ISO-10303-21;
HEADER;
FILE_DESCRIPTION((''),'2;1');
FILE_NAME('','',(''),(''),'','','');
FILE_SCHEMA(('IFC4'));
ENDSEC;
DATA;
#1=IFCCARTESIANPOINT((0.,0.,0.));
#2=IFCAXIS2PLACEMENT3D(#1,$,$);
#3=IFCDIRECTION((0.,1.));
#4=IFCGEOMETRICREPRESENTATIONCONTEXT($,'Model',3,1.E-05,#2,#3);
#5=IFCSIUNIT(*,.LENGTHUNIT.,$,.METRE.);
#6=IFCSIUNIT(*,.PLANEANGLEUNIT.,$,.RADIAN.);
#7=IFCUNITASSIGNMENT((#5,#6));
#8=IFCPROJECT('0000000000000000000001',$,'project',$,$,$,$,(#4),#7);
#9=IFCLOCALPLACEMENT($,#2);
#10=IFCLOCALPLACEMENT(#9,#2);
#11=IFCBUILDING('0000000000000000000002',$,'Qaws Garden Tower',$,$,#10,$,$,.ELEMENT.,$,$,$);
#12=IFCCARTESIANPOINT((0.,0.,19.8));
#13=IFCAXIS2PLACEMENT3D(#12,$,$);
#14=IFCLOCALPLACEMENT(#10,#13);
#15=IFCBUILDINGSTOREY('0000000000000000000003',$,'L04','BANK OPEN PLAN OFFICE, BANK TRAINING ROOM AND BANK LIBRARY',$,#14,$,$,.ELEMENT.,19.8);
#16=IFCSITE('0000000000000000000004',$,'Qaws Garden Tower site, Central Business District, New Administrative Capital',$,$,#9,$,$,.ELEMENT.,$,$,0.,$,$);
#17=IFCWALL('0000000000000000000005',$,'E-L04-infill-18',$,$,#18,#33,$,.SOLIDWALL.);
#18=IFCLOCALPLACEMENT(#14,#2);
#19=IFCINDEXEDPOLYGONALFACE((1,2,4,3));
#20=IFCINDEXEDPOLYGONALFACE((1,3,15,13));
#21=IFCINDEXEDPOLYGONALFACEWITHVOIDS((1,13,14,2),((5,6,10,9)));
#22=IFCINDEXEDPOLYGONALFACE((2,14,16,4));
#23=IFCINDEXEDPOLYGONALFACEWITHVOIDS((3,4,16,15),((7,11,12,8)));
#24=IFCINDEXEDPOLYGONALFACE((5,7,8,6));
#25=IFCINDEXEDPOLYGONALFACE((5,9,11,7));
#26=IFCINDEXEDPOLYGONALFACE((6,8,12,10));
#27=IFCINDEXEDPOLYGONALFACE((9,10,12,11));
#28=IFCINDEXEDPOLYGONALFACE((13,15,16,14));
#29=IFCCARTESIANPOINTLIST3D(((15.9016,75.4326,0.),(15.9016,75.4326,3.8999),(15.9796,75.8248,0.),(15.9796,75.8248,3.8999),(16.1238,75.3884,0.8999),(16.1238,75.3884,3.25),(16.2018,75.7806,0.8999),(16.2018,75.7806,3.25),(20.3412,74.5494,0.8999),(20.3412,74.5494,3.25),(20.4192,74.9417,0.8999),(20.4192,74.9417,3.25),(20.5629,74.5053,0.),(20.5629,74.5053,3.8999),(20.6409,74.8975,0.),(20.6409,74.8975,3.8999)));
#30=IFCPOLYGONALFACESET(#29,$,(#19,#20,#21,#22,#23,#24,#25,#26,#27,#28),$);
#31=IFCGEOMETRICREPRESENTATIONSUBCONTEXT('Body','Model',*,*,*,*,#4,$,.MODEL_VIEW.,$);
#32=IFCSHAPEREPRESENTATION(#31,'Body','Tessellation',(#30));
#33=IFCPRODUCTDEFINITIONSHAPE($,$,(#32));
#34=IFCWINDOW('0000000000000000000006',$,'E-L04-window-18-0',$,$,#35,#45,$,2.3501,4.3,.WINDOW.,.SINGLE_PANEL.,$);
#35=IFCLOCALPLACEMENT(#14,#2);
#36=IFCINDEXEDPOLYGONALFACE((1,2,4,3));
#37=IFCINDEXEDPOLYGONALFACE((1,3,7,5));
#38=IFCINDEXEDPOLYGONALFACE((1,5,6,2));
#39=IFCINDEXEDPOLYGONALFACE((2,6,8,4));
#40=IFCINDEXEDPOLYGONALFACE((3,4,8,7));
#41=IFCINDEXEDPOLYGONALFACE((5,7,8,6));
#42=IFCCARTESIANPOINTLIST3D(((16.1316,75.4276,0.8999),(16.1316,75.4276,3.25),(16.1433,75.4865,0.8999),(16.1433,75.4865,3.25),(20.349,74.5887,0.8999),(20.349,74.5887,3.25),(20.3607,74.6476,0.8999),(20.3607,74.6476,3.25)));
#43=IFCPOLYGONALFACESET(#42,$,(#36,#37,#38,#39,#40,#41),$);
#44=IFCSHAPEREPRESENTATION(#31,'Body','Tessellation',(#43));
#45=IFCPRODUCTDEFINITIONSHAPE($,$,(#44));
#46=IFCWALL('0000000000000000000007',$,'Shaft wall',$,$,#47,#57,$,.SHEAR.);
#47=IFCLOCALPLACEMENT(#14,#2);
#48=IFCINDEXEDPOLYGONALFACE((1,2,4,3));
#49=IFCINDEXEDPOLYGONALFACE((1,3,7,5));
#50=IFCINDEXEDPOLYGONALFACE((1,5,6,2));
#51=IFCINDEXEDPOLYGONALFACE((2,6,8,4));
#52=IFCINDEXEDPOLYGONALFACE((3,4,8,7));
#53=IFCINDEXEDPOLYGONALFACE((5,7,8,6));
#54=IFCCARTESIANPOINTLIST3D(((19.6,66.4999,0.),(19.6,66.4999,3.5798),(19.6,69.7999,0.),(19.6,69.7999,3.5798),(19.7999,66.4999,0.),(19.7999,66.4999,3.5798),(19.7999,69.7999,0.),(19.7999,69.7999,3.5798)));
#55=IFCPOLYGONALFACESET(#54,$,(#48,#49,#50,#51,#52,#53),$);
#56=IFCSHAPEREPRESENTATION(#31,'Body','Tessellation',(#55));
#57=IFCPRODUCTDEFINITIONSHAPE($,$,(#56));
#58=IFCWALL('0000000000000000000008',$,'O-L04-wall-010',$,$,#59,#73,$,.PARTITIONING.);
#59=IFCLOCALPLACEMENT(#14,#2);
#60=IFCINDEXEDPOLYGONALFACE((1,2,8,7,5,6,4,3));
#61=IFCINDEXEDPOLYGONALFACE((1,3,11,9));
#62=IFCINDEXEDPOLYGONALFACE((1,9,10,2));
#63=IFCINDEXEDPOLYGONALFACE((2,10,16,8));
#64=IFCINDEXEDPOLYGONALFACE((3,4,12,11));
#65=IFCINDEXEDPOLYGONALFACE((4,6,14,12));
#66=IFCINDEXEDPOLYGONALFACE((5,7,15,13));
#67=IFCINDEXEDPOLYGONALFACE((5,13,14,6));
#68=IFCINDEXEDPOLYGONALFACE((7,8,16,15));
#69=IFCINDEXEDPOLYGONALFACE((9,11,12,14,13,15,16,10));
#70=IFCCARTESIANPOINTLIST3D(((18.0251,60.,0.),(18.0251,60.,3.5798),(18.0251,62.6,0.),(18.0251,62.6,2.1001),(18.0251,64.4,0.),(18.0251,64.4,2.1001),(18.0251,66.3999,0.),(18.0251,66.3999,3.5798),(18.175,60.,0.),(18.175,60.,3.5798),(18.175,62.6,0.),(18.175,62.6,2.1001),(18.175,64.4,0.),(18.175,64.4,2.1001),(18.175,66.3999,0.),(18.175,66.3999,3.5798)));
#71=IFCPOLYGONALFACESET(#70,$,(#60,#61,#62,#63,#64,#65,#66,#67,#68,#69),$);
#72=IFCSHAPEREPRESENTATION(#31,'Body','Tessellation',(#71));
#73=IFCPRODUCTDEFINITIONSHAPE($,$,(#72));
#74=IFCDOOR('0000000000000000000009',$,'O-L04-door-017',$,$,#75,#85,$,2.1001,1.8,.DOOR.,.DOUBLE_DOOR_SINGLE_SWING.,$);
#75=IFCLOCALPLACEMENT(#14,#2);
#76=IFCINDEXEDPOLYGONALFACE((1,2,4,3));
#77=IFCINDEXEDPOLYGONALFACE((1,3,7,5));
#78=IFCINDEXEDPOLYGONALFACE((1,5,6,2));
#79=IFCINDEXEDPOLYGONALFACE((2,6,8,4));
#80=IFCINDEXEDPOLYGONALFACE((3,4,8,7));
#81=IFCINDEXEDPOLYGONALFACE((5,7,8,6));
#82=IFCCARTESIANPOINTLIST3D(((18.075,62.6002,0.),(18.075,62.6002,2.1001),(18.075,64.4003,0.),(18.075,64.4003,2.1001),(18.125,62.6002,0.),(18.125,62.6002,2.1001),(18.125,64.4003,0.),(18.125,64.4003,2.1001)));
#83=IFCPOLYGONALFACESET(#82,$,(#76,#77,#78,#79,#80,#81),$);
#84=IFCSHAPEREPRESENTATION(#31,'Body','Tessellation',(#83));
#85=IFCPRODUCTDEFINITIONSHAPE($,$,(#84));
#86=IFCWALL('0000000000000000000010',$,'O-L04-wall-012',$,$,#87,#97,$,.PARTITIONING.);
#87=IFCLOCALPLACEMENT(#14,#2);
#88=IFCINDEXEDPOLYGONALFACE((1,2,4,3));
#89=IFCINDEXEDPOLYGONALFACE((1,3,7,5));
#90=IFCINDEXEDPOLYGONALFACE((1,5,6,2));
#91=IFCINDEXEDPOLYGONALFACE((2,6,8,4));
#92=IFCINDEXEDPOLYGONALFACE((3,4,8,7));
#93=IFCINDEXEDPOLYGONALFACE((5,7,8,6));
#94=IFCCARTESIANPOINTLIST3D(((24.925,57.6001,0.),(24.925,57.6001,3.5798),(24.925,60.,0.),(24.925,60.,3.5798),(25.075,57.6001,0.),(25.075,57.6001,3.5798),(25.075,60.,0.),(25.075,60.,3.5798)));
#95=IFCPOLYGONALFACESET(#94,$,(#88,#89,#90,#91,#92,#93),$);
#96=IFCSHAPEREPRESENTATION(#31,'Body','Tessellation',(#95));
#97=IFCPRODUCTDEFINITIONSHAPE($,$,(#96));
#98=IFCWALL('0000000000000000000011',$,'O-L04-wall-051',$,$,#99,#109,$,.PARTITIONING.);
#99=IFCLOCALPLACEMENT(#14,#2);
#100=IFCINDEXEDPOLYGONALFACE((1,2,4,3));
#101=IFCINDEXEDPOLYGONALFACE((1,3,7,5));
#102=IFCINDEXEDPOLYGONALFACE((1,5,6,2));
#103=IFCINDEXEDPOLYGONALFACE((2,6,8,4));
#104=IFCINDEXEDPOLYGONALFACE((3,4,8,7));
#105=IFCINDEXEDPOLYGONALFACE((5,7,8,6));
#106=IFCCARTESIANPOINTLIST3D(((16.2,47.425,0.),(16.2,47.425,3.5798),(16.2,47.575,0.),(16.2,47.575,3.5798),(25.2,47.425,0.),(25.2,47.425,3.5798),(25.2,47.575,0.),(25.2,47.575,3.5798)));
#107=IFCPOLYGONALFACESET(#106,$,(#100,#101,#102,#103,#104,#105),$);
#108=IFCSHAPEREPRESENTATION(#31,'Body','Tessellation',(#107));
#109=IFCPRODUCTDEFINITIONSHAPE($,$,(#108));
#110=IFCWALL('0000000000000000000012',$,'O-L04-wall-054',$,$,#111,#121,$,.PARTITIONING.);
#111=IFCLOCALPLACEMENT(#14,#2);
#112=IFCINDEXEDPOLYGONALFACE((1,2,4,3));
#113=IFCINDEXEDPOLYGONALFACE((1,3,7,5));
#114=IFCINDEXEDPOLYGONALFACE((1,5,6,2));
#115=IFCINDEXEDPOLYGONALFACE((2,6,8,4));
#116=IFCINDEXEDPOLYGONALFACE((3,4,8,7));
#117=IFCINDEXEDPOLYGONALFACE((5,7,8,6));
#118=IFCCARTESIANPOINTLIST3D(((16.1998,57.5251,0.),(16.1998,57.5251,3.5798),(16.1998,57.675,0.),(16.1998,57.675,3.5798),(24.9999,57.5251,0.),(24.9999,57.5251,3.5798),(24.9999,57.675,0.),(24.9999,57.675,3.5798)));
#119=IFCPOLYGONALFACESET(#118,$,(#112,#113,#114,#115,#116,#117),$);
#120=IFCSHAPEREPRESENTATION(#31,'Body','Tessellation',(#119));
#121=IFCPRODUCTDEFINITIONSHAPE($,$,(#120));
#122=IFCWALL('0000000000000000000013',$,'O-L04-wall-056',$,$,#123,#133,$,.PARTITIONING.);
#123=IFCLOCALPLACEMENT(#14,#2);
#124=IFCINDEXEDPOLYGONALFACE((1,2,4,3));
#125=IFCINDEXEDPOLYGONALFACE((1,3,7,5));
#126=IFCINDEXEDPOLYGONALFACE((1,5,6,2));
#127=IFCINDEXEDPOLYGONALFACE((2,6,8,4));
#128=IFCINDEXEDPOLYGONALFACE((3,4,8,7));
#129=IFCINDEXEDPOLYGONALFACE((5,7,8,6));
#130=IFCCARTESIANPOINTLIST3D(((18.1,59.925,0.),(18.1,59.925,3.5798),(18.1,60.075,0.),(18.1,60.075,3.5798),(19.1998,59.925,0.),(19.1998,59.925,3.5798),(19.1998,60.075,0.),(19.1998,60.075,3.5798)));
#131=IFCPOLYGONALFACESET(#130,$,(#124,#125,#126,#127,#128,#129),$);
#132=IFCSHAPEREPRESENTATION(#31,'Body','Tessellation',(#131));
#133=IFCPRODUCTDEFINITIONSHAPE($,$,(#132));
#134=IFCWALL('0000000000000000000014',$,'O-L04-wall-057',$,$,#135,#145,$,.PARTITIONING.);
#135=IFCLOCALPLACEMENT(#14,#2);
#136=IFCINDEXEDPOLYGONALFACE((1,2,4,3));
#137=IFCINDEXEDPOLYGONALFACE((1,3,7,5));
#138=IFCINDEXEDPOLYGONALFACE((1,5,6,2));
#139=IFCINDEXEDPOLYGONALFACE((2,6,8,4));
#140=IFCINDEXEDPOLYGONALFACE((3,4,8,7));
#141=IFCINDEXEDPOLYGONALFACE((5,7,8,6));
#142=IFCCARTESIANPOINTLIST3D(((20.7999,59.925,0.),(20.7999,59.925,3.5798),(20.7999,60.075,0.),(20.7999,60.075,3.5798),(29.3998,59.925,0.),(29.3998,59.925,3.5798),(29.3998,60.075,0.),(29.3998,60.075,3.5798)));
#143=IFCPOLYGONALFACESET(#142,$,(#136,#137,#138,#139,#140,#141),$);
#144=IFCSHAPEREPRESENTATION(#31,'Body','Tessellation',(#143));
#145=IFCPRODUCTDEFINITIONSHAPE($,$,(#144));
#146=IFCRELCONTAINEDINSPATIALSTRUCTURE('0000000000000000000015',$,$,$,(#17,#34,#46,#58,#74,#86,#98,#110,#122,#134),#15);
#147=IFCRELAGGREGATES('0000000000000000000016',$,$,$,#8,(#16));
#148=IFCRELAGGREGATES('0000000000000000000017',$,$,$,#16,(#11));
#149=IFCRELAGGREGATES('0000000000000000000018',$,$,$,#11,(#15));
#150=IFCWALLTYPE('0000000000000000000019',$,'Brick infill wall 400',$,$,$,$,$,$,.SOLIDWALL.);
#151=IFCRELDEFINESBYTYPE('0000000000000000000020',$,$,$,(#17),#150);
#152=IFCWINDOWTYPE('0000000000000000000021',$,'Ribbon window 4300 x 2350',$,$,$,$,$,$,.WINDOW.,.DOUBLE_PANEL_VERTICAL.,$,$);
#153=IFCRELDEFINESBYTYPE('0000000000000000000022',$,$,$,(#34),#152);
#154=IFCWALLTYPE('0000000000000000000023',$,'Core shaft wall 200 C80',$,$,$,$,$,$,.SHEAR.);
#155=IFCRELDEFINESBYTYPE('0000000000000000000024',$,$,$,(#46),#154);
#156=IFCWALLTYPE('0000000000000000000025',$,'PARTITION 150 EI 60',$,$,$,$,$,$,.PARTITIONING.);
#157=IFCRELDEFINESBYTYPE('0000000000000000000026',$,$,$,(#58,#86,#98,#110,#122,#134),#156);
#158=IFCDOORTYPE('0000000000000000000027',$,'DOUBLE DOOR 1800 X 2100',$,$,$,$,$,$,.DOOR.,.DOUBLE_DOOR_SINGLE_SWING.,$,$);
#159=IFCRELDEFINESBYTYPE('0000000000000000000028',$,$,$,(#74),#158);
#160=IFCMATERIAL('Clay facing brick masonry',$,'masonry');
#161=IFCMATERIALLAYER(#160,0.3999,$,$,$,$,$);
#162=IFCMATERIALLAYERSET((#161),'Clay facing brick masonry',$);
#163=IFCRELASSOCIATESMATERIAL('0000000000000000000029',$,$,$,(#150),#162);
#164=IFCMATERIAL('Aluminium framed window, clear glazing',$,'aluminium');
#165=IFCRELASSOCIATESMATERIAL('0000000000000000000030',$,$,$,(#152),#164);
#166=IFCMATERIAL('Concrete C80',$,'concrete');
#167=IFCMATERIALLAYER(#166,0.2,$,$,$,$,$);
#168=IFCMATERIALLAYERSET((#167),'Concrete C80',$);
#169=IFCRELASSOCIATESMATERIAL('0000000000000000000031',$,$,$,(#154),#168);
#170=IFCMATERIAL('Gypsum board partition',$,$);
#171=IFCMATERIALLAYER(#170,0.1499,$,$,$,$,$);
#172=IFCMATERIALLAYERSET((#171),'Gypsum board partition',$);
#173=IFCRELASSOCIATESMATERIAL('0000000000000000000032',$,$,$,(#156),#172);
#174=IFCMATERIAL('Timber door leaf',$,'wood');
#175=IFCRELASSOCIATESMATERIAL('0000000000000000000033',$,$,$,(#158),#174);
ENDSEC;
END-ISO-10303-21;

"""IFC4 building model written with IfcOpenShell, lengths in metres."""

from ifc_helpers import new_model, si_unit, direction, frame, frame_2d, origin, place, context, subcontext, project, spatial, rectangle, extrude, material, layer, layer_set, type_object, element, fill, save


model = new_model("IFC4")

# Units and contexts
model_context = context("Model", 3, precision=1e-05, world=origin(), true_north=direction((0.0, 1.0)))
body_context = subcontext(model_context, "Body", "Model", "MODEL_VIEW")
ifc_project = project(units=[si_unit("LENGTHUNIT", "METRE"), si_unit("PLANEANGLEUNIT", "RADIAN")], contexts=[model_context])

# Site, building, storey
site_placement = place(None, origin())
site = spatial("IfcSite", under=ifc_project, at=site_placement, Name="Qaws Garden Tower site, Central Business District, New Administrative Capital", CompositionType="ELEMENT", RefElevation=0.0)
building_placement = place(site_placement, origin())
building = spatial("IfcBuilding", under=site, at=building_placement, Name="Qaws Garden Tower", CompositionType="ELEMENT")
storey_placement = place(building_placement, frame((0.0, 0.0, 19.8)))
storey = spatial("IfcBuildingStorey", under=building, at=storey_placement, Name="L04", Description="BANK OPEN PLAN OFFICE, BANK TRAINING ROOM AND BANK LIBRARY", CompositionType="ELEMENT", Elevation=19.8)

# Wall, opening, window
ifc_material_1 = material(Name="Clay facing brick masonry", Category="masonry")
ifc_layer_1 = layer(ifc_material_1, 0.3999)
ifc_layer_set_1 = layer_set([ifc_layer_1], Name="Clay facing brick masonry")
wall_type_1 = type_object("IfcWallType", Name="Brick infill wall 400", PredefinedType="SOLIDWALL", material=ifc_layer_set_1)
ifc_material_2 = material(Name="Aluminium framed window, clear glazing", Category="aluminium")
window_type = type_object("IfcWindowType", Name="Ribbon window 4300 x 2350", PartitioningType="DOUBLE_PANEL_VERTICAL", PredefinedType="WINDOW", material=ifc_material_2)
wall_1_placement = place(storey_placement, frame((20.6021, 74.7014, 0.0), z_axis=(0.0, 0.0, 1.0), x_axis=(-0.980784, 0.195099, 0.0)))
wall_1 = element("IfcWall", 1, at=wall_1_placement, inside=storey, type_object=wall_type_1, Name="E-L04-infill-18", PredefinedType="SOLIDWALL", context=body_context, shape_type="SweptSolid", body=[
    extrude(rectangle(XDim=4.7527, YDim=0.3999, at=frame_2d((2.3765, 0.0))), origin(), (0.0, 0.0, 1.0), 3.8999),
])
opening_1_placement = place(wall_1_placement, frame((0.2263, 0.0, 0.8999)))
opening_1 = element("IfcOpeningElement", 2, at=opening_1_placement, cuts=wall_1, PredefinedType="OPENING", context=body_context, shape_type="SweptSolid", body=[
    extrude(rectangle(XDim=4.3, YDim=2.3501, at=frame_2d((2.1499, 1.175))), frame((0.0, 0.21, 0.0), z_axis=(0.0, -1.0, 0.0), x_axis=(1.0, 0.0, 0.0)), (0.0, 0.0, 1.0), 0.4199),
])
window_1_placement = place(opening_1_placement, origin())
window_1 = element("IfcWindow", 3, at=window_1_placement, inside=storey, type_object=window_type, Name="E-L04-window-18-0", OverallHeight=2.3501, OverallWidth=4.3, PartitioningType="SINGLE_PANEL", PredefinedType="WINDOW", context=body_context, shape_type="SweptSolid", body=[
    extrude(rectangle(XDim=4.3, YDim=2.3501, at=frame_2d((2.1499, 1.175))), frame((0.0, 0.1599, 0.0), z_axis=(0.0, -1.0, 0.0), x_axis=(1.0, 0.0, 0.0)), (0.0, 0.0, 1.0), 0.0601),
])
fill(opening_1, window_1)

# Wall
ifc_material_3 = material(Name="Concrete C80", Category="concrete")
ifc_layer_2 = layer(ifc_material_3, 0.2)
ifc_layer_set_2 = layer_set([ifc_layer_2], Name="Concrete C80")
wall_type_2 = type_object("IfcWallType", Name="Core shaft wall 200 C80", PredefinedType="SHEAR", material=ifc_layer_set_2)
wall_2_placement = place(storey_placement, frame((19.7, 66.5, 0.0), z_axis=(0.0, 0.0, 1.0), x_axis=(0.0, 1.0, 0.0)))
element("IfcWall", 4, at=wall_2_placement, inside=storey, type_object=wall_type_2, Name="Shaft wall", PredefinedType="SHEAR", context=body_context, shape_type="SweptSolid", body=[
    extrude(rectangle(XDim=3.3, YDim=0.2, at=frame_2d((1.6499, 0.0))), origin(), (0.0, 0.0, 1.0), 3.5798),
])

# Wall, opening, door
ifc_material_4 = material(Name="Gypsum board partition")
ifc_layer_3 = layer(ifc_material_4, 0.1499)
ifc_layer_set_3 = layer_set([ifc_layer_3], Name="Gypsum board partition")
wall_type_3 = type_object("IfcWallType", Name="PARTITION 150 EI 60", PredefinedType="PARTITIONING", material=ifc_layer_set_3)
wall_3_placement = place(storey_placement, frame((18.1001, 60.0, 0.0), z_axis=(0.0, 0.0, 1.0), x_axis=(0.0, 1.0, 0.0)))
wall_3 = element("IfcWall", 5, at=wall_3_placement, inside=storey, type_object=wall_type_3, Name="O-L04-wall-010", PredefinedType="PARTITIONING", context=body_context, shape_type="SweptSolid", body=[
    extrude(rectangle(XDim=6.3999, YDim=0.1499, at=frame_2d((3.2, 0.0))), origin(), (0.0, 0.0, 1.0), 3.5798),
])
opening_2_placement = place(wall_3_placement, frame((2.6001, 0.0, 0.0)))
opening_2 = element("IfcOpeningElement", 6, at=opening_2_placement, cuts=wall_3, PredefinedType="OPENING", context=body_context, shape_type="SweptSolid", body=[
    extrude(rectangle(XDim=1.8, YDim=2.1001, at=frame_2d((0.8999, 1.05))), frame((0.0, 0.085, 0.0), z_axis=(0.0, -1.0, 0.0), x_axis=(1.0, 0.0, 0.0)), (0.0, 0.0, 1.0), 0.1699),
])
ifc_material_5 = material(Name="Timber door leaf", Category="wood")
door_type = type_object("IfcDoorType", Name="DOUBLE DOOR 1800 X 2100", OperationType="DOUBLE_DOOR_SINGLE_SWING", PredefinedType="DOOR", material=ifc_material_5)
door_placement = place(opening_2_placement, frame((1.8, 0.0, 0.0), z_axis=(0.0, 0.0, 1.0), x_axis=(-1.0, 0.0, 0.0)))
door = element("IfcDoor", 7, at=door_placement, inside=storey, type_object=door_type, Name="O-L04-door-017", OperationType="DOUBLE_DOOR_SINGLE_SWING", OverallHeight=2.1001, OverallWidth=1.8, PredefinedType="DOOR", context=body_context, shape_type="SweptSolid", body=[
    extrude(rectangle(XDim=1.8, YDim=2.1001, at=frame_2d((0.8999, 1.05))), frame((0.0, 0.0249, 0.0), z_axis=(0.0, -1.0, 0.0), x_axis=(1.0, 0.0, 0.0)), (0.0, 0.0, 1.0), 0.05),
])
fill(opening_2, door)

# Walls
wall_4_placement = place(storey_placement, frame((25.0, 57.6001, 0.0), z_axis=(0.0, 0.0, 1.0), x_axis=(0.0, 1.0, 0.0)))
element("IfcWall", 8, at=wall_4_placement, inside=storey, type_object=wall_type_3, Name="O-L04-wall-012", PredefinedType="PARTITIONING", context=body_context, shape_type="SweptSolid", body=[
    extrude(rectangle(XDim=2.3999, YDim=0.1499, at=frame_2d((1.2, 0.0))), origin(), (0.0, 0.0, 1.0), 3.5798),
])
wall_5_placement = place(storey_placement, frame((16.2, 47.5, 0.0), z_axis=(0.0, 0.0, 1.0), x_axis=(1.0, 0.0, 0.0)))
element("IfcWall", 9, at=wall_5_placement, inside=storey, type_object=wall_type_3, Name="O-L04-wall-051", PredefinedType="PARTITIONING", context=body_context, shape_type="SweptSolid", body=[
    extrude(rectangle(XDim=9.0, YDim=0.1499, at=frame_2d((4.5, 0.0))), origin(), (0.0, 0.0, 1.0), 3.5798),
])
wall_6_placement = place(storey_placement, frame((16.2, 57.6001, 0.0), z_axis=(0.0, 0.0, 1.0), x_axis=(1.0, 0.0, 0.0)))
element("IfcWall", 10, at=wall_6_placement, inside=storey, type_object=wall_type_3, Name="O-L04-wall-054", PredefinedType="PARTITIONING", context=body_context, shape_type="SweptSolid", body=[
    extrude(rectangle(XDim=8.8, YDim=0.1499, at=frame_2d((4.3999, 0.0))), origin(), (0.0, 0.0, 1.0), 3.5798),
])
wall_7_placement = place(storey_placement, frame((18.1001, 60.0, 0.0), z_axis=(0.0, 0.0, 1.0), x_axis=(1.0, 0.0, 0.0)))
element("IfcWall", 11, at=wall_7_placement, inside=storey, type_object=wall_type_3, Name="O-L04-wall-056", PredefinedType="PARTITIONING", context=body_context, shape_type="SweptSolid", body=[
    extrude(rectangle(XDim=1.0999, YDim=0.1499, at=frame_2d((0.5498, 0.0))), origin(), (0.0, 0.0, 1.0), 3.5798),
])
wall_8_placement = place(storey_placement, frame((20.8, 60.0, 0.0), z_axis=(0.0, 0.0, 1.0), x_axis=(1.0, 0.0, 0.0)))
element("IfcWall", 12, at=wall_8_placement, inside=storey, type_object=wall_type_3, Name="O-L04-wall-057", PredefinedType="PARTITIONING", context=body_context, shape_type="SweptSolid", body=[
    extrude(rectangle(XDim=8.5999, YDim=0.1499, at=frame_2d((4.2998, 0.0))), origin(), (0.0, 0.0, 1.0), 3.5798),
])

save(model, "model.ifc")
